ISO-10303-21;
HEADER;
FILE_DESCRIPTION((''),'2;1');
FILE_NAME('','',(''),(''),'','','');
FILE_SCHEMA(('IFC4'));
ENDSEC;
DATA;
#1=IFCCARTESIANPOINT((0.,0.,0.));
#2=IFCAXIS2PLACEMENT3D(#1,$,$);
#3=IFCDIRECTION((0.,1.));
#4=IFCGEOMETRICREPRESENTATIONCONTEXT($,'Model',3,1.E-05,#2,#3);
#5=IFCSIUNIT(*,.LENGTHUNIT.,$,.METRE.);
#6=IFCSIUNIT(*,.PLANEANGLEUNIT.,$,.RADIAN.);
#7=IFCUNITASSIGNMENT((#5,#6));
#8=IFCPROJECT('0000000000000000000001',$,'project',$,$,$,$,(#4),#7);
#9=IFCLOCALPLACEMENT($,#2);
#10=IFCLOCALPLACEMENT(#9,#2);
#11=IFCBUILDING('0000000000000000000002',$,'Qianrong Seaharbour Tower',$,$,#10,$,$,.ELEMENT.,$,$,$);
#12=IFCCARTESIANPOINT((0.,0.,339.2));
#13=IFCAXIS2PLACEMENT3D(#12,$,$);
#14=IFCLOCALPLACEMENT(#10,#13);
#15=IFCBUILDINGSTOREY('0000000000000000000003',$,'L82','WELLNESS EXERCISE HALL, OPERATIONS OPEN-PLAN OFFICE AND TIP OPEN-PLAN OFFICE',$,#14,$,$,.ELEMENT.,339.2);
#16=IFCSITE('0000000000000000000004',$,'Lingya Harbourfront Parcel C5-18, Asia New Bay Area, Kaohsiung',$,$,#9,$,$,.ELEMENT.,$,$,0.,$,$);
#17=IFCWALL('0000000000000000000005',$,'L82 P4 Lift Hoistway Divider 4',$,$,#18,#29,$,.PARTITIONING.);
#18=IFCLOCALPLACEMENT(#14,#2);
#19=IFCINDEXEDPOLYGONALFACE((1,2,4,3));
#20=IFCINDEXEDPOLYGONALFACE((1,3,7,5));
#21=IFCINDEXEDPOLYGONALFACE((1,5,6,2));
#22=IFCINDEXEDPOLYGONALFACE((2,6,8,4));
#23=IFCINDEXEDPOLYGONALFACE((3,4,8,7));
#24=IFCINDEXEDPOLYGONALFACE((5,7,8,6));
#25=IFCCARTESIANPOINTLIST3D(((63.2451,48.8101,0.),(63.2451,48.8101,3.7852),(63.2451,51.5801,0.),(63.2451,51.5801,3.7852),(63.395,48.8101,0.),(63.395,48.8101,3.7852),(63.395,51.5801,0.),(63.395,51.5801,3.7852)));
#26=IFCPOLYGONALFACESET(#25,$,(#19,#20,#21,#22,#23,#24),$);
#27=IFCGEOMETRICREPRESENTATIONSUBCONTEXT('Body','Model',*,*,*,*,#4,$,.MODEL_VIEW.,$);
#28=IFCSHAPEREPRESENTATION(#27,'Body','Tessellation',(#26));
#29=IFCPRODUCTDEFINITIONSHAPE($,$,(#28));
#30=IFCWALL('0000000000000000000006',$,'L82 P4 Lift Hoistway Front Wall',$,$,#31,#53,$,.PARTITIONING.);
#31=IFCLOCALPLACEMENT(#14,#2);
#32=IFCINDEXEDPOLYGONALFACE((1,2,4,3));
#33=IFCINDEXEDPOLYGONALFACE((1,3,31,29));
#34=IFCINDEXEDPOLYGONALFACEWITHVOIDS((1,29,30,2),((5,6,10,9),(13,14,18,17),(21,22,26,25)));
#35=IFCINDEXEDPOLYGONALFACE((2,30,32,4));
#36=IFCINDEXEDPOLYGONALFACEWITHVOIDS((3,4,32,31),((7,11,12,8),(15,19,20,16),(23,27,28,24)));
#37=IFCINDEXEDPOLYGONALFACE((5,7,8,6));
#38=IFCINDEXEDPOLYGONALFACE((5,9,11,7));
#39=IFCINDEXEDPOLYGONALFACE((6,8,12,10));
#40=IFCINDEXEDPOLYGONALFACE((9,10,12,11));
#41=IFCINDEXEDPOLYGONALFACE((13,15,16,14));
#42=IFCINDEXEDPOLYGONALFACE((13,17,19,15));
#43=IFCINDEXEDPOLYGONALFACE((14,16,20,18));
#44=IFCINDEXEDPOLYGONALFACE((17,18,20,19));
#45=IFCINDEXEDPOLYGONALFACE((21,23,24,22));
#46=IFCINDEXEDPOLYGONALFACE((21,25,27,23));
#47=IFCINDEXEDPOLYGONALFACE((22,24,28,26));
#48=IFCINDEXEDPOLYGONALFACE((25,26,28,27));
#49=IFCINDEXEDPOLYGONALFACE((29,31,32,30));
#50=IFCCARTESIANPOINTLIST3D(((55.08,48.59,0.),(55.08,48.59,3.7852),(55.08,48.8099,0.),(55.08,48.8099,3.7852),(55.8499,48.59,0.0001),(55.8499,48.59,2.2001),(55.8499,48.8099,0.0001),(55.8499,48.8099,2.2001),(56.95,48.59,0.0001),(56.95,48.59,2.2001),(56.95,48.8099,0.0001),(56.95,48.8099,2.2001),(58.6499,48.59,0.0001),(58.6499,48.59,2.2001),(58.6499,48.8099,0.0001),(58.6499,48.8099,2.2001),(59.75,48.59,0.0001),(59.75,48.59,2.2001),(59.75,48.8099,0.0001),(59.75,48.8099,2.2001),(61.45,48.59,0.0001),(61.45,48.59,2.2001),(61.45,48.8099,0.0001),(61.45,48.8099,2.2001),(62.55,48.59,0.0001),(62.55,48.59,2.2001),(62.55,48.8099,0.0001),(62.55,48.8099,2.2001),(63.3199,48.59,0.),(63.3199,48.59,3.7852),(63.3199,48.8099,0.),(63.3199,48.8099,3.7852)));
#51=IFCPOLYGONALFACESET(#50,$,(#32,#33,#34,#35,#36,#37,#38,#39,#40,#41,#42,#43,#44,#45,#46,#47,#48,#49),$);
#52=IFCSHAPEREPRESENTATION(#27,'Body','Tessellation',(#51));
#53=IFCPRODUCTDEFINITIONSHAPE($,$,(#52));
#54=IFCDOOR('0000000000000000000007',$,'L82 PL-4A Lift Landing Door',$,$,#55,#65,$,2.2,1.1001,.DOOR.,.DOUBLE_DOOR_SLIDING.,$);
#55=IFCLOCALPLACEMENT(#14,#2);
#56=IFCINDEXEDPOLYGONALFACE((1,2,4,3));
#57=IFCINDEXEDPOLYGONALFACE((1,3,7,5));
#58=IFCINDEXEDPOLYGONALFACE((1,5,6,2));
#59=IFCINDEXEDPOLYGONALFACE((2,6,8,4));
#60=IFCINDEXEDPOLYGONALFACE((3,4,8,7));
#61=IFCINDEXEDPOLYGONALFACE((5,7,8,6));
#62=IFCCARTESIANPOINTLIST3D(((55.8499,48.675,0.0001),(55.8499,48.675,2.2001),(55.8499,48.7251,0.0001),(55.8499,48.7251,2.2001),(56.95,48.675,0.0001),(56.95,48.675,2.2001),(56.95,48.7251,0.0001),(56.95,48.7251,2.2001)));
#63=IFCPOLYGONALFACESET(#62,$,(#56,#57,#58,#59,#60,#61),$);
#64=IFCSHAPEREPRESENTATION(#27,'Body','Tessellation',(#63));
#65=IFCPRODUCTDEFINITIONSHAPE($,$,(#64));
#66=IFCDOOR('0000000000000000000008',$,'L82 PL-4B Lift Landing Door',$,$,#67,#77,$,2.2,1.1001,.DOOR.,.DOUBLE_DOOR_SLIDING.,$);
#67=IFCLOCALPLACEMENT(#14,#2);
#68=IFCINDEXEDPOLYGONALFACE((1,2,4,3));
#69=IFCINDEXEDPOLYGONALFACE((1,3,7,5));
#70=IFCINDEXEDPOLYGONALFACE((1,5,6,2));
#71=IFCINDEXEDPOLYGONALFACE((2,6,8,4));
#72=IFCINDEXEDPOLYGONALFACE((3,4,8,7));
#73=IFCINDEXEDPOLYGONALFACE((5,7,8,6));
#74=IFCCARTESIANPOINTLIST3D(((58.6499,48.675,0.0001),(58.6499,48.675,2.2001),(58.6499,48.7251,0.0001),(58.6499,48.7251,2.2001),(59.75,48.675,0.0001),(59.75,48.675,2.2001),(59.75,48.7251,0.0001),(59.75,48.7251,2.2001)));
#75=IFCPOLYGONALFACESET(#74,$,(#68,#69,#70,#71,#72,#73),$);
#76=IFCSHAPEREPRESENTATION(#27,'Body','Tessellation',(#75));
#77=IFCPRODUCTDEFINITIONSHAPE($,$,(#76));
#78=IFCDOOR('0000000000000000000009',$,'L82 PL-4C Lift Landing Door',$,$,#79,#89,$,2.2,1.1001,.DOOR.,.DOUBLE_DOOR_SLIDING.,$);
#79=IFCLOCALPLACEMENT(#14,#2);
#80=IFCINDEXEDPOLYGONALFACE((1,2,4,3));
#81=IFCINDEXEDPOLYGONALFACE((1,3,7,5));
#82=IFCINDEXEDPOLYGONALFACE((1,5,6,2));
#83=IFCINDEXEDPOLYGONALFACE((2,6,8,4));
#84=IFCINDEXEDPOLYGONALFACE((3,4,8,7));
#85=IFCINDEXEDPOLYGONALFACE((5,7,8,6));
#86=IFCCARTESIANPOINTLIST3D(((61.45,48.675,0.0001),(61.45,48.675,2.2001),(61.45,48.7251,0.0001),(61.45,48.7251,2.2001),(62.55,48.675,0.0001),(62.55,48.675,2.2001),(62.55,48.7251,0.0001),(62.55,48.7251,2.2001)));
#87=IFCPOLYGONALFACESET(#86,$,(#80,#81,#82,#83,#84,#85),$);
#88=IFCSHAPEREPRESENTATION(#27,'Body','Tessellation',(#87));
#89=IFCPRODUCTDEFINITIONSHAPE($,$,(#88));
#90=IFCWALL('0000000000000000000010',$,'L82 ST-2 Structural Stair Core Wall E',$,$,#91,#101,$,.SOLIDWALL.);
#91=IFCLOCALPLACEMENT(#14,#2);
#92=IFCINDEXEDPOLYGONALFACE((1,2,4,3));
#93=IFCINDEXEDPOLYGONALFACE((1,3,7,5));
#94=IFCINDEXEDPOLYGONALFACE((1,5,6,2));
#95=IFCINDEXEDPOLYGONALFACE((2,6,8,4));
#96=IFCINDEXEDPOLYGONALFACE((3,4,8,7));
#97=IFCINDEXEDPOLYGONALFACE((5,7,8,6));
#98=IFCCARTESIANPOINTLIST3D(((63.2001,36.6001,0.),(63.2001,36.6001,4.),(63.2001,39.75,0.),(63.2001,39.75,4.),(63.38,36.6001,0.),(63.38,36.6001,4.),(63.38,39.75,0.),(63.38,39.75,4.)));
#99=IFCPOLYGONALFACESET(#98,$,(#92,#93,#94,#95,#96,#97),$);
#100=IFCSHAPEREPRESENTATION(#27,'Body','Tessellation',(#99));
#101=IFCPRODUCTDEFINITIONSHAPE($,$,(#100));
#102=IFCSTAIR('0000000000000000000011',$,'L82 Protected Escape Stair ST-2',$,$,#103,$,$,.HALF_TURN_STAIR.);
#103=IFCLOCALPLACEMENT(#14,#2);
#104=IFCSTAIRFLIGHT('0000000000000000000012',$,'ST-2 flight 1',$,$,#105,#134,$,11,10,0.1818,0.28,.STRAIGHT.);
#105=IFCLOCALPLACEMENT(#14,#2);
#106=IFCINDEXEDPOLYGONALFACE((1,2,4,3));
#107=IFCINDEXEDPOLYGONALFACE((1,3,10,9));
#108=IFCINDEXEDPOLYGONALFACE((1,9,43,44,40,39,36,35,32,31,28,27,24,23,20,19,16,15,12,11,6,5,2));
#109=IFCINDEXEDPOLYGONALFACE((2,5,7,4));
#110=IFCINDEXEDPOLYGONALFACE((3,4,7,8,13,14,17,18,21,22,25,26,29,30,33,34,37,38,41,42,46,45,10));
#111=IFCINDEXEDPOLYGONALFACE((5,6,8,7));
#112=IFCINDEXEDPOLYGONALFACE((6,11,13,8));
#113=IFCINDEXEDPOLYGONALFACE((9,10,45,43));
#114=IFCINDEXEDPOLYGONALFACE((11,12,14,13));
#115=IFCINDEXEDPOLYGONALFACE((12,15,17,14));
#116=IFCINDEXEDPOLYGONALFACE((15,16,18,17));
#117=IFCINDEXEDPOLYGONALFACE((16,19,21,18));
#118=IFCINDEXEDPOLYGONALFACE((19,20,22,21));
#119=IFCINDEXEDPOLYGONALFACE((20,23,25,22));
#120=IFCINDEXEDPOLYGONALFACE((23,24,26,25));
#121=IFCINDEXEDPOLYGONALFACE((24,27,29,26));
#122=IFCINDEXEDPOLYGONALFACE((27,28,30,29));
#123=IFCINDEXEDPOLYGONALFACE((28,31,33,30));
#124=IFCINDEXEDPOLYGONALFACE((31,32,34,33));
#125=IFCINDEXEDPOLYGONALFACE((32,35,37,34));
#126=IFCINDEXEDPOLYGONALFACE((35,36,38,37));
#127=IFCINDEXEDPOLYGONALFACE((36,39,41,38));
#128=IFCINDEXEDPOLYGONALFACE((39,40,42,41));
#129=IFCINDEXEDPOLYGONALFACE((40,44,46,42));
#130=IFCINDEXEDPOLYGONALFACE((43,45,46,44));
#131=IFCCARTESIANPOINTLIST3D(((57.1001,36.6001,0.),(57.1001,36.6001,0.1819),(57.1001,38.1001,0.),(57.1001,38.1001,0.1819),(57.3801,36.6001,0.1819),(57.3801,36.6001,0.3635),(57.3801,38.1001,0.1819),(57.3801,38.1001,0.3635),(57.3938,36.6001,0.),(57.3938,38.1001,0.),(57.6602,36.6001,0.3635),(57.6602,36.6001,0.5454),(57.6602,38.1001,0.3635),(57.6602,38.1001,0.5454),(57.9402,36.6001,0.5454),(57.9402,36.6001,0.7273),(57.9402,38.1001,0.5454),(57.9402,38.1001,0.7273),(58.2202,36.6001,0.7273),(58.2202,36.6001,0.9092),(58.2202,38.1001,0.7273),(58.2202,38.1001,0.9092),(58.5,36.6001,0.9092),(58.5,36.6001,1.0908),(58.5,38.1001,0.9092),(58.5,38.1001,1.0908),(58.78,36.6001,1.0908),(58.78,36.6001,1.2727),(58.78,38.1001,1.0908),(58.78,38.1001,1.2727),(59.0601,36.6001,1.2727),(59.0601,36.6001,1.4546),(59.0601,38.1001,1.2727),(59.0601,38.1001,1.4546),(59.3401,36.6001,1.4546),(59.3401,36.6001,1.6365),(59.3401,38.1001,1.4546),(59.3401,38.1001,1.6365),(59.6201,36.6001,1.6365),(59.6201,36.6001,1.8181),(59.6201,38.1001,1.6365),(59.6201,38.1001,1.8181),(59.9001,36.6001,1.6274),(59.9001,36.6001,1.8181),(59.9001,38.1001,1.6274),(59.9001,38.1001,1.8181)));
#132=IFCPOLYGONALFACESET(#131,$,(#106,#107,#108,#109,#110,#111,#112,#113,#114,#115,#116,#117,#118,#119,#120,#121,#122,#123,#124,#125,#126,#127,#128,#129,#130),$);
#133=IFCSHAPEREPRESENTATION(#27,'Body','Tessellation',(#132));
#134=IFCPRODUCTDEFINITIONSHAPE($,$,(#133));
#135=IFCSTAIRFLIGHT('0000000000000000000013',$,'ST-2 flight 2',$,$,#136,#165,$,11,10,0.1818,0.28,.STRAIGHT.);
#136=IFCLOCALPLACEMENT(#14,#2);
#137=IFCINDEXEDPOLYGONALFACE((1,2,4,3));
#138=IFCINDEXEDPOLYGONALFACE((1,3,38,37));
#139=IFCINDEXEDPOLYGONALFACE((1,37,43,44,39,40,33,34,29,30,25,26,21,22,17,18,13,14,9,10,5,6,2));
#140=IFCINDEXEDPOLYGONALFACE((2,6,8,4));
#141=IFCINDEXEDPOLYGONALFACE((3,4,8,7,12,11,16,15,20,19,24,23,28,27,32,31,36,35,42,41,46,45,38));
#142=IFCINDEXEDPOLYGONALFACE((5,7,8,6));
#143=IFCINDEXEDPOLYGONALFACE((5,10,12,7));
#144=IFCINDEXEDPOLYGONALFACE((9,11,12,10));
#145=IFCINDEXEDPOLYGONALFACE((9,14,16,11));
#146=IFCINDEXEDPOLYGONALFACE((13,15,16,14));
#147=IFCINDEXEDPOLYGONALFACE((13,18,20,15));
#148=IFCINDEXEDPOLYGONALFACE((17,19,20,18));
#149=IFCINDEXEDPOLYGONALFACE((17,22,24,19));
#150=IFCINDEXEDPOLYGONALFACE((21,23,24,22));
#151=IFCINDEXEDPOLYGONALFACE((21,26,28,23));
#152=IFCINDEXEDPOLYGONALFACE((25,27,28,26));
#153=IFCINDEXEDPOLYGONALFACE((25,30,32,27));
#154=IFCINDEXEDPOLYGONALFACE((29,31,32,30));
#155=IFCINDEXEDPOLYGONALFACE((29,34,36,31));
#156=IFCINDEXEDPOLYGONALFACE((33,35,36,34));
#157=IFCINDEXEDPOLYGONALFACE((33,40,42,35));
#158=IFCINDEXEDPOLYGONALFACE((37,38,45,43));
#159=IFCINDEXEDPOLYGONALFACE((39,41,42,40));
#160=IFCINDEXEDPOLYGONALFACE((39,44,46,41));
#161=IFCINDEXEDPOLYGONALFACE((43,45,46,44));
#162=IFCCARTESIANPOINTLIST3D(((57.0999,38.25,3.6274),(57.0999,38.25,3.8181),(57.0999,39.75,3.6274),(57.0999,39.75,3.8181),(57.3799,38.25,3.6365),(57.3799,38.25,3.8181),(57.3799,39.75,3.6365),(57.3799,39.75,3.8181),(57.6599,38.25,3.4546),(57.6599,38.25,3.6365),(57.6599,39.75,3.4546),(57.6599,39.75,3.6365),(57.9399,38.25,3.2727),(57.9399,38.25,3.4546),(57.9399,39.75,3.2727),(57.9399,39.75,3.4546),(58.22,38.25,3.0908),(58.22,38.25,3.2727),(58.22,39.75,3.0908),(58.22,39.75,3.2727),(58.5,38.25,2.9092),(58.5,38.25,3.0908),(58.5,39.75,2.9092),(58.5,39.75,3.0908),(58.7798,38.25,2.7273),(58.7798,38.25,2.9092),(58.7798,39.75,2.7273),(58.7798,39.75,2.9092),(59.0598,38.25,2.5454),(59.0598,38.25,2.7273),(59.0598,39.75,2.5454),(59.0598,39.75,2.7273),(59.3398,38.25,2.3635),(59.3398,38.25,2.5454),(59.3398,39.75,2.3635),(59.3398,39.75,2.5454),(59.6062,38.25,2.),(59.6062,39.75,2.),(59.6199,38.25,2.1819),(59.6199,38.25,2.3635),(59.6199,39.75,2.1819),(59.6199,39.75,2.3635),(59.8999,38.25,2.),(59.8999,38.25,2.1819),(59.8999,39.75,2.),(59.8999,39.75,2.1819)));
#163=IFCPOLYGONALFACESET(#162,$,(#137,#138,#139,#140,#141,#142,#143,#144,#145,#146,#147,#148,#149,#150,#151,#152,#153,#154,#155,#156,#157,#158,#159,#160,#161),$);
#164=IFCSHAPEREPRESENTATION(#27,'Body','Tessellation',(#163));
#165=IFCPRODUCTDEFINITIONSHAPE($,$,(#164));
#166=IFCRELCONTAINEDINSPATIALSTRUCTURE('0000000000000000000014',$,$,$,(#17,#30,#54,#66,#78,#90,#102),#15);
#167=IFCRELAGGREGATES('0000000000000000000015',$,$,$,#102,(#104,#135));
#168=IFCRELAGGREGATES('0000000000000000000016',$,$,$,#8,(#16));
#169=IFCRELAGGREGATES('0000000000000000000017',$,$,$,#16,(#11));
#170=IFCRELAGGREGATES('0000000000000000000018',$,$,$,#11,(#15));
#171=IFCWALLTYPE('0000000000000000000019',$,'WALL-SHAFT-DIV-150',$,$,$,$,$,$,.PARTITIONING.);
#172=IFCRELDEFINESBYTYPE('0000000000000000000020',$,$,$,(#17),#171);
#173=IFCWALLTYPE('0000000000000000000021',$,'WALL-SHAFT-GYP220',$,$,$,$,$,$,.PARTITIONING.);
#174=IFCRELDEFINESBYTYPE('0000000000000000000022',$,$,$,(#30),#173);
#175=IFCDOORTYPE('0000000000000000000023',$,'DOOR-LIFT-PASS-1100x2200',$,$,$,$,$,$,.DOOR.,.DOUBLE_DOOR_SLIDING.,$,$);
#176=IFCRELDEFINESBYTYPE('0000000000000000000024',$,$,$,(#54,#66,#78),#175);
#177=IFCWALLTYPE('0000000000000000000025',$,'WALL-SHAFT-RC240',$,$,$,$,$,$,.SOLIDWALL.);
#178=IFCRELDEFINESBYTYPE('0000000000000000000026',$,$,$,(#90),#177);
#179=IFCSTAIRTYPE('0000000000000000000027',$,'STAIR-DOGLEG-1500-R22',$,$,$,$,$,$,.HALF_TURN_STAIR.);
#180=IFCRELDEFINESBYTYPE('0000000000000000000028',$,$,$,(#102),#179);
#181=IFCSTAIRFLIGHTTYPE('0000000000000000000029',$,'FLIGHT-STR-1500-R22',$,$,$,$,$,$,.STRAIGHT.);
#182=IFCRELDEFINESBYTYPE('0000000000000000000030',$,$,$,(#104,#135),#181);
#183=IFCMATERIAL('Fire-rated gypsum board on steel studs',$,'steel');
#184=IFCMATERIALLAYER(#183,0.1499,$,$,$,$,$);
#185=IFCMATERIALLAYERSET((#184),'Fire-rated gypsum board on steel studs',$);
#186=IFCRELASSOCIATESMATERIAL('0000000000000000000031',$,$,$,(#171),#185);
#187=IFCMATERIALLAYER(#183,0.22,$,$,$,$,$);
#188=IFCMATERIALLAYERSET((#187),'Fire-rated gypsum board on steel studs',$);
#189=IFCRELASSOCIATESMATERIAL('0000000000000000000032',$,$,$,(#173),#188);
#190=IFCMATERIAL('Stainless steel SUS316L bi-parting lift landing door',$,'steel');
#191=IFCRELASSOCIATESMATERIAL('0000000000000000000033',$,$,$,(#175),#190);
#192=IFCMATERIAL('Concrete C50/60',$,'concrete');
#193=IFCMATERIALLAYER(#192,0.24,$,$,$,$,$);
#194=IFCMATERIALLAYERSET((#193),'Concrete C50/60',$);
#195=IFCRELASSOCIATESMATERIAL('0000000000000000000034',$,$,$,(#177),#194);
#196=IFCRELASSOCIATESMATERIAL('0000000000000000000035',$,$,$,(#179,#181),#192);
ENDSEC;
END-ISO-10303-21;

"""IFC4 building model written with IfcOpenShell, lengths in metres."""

from ifc_helpers import new_model, si_unit, direction, frame, frame_2d, origin, place, context, subcontext, project, spatial, polyline, rectangle, outline, extrude, material, layer, layer_set, type_object, element, fill, aggregate, save


model = new_model("IFC4")

# Units and contexts
model_context = context("Model", 3, precision=1e-05, world=origin(), true_north=direction((0.0, 1.0)))
body_context = subcontext(model_context, "Body", "Model", "MODEL_VIEW")
ifc_project = project(units=[si_unit("LENGTHUNIT", "METRE"), si_unit("PLANEANGLEUNIT", "RADIAN")], contexts=[model_context])

# Site, building, storey
site_placement = place(None, origin())
site = spatial("IfcSite", under=ifc_project, at=site_placement, Name="Lingya Harbourfront Parcel C5-18, Asia New Bay Area, Kaohsiung", CompositionType="ELEMENT", RefElevation=0.0)
building_placement = place(site_placement, origin())
building = spatial("IfcBuilding", under=site, at=building_placement, Name="Qianrong Seaharbour Tower", CompositionType="ELEMENT")
storey_placement = place(building_placement, frame((0.0, 0.0, 339.2)))
storey = spatial("IfcBuildingStorey", under=building, at=storey_placement, Name="L82", Description="WELLNESS EXERCISE HALL, OPERATIONS OPEN-PLAN OFFICE AND TIP OPEN-PLAN OFFICE", CompositionType="ELEMENT", Elevation=339.2)

# Wall
ifc_material_1 = material(Name="Fire-rated gypsum board on steel studs", Category="steel")
ifc_layer_1 = layer(ifc_material_1, 0.1499)
ifc_layer_set_1 = layer_set([ifc_layer_1], Name="Fire-rated gypsum board on steel studs")
wall_type_1 = type_object("IfcWallType", Name="WALL-SHAFT-DIV-150", PredefinedType="PARTITIONING", material=ifc_layer_set_1)
for number, where, z_axis, x_axis, name in (
    (1, (63.3201, 48.8101, 0.0), (0.0, 0.0, 1.0), (0.0, 1.0, 0.0), "L82 P4 Lift Hoistway Divider 4"),
):
    element("IfcWall", number, at=place(storey_placement, frame(where, z_axis=z_axis, x_axis=x_axis)), inside=storey, type_object=wall_type_1, Name=name, PredefinedType="PARTITIONING", context=body_context, shape_type="SweptSolid", body=[
        extrude(rectangle(XDim=2.77, YDim=0.1499, at=frame_2d((1.385, 0.0))), origin(), (0.0, 0.0, 1.0), 3.7852),
    ])

# Wall, openings, doors
ifc_layer_2 = layer(ifc_material_1, 0.22)
ifc_layer_set_2 = layer_set([ifc_layer_2], Name="Fire-rated gypsum board on steel studs")
wall_type_2 = type_object("IfcWallType", Name="WALL-SHAFT-GYP220", PredefinedType="PARTITIONING", material=ifc_layer_set_2)
wall_1_placement = place(storey_placement, frame((63.3201, 48.7, 0.0), z_axis=(0.0, 0.0, 1.0), x_axis=(-1.0, 0.0, 0.0)))
wall_1 = element("IfcWall", 2, at=wall_1_placement, inside=storey, type_object=wall_type_2, Name="L82 P4 Lift Hoistway Front Wall", PredefinedType="PARTITIONING", context=body_context, shape_type="SweptSolid", body=[
    extrude(rectangle(XDim=8.24, YDim=0.22, at=frame_2d((4.1201, 0.0))), origin(), (0.0, 0.0, 1.0), 3.7852),
])
opening_1_placement = place(wall_1_placement, frame((6.3701, 0.0, 0.0)))
opening_1 = element("IfcOpeningElement", 3, at=opening_1_placement, cuts=wall_1, PredefinedType="OPENING", context=body_context, shape_type="SweptSolid", body=[
    extrude(rectangle(XDim=1.1001, YDim=2.2, at=frame_2d((0.55, 1.1001))), frame((0.0, 0.1201, 0.0), z_axis=(0.0, -1.0, 0.0), x_axis=(1.0, 0.0, 0.0)), (0.0, 0.0, 1.0), 0.24),
])
opening_2_placement = place(wall_1_placement, frame((3.5701, 0.0, 0.0)))
opening_2 = element("IfcOpeningElement", 4, at=opening_2_placement, cuts=wall_1, PredefinedType="OPENING", context=body_context, shape_type="SweptSolid", body=[
    extrude(rectangle(XDim=1.1001, YDim=2.2, at=frame_2d((0.55, 1.1001))), frame((0.0, 0.1201, 0.0), z_axis=(0.0, -1.0, 0.0), x_axis=(1.0, 0.0, 0.0)), (0.0, 0.0, 1.0), 0.24),
])
opening_3_placement = place(wall_1_placement, frame((0.77, 0.0, 0.0)))
opening_3 = element("IfcOpeningElement", 5, at=opening_3_placement, cuts=wall_1, PredefinedType="OPENING", context=body_context, shape_type="SweptSolid", body=[
    extrude(rectangle(XDim=1.1001, YDim=2.2, at=frame_2d((0.55, 1.1001))), frame((0.0, 0.1201, 0.0), z_axis=(0.0, -1.0, 0.0), x_axis=(1.0, 0.0, 0.0)), (0.0, 0.0, 1.0), 0.24),
])
ifc_material_2 = material(Name="Stainless steel SUS316L bi-parting lift landing door", Category="steel")
door_type_1 = type_object("IfcDoorType", Name="DOOR-LIFT-PASS-1100x2200", OperationType="DOUBLE_DOOR_SLIDING", PredefinedType="DOOR", material=ifc_material_2)
door_1_placement = place(opening_1_placement, origin())
door_1 = element("IfcDoor", 6, at=door_1_placement, inside=storey, type_object=door_type_1, Name="L82 PL-4A Lift Landing Door", OperationType="DOUBLE_DOOR_SLIDING", OverallHeight=2.2, OverallWidth=1.1001, PredefinedType="DOOR", context=body_context, shape_type="SweptSolid", body=[
    extrude(rectangle(XDim=1.1001, YDim=2.2, at=frame_2d((0.55, 1.1001))), frame((0.0, 0.0249, 0.0), z_axis=(0.0, -1.0, 0.0), x_axis=(1.0, 0.0, 0.0)), (0.0, 0.0, 1.0), 0.05),
])
fill(opening_1, door_1)
door_2_placement = place(opening_2_placement, origin())
door_2 = element("IfcDoor", 7, at=door_2_placement, inside=storey, type_object=door_type_1, Name="L82 PL-4B Lift Landing Door", OperationType="DOUBLE_DOOR_SLIDING", OverallHeight=2.2, OverallWidth=1.1001, PredefinedType="DOOR", context=body_context, shape_type="SweptSolid", body=[
    extrude(rectangle(XDim=1.1001, YDim=2.2, at=frame_2d((0.55, 1.1001))), frame((0.0, 0.0249, 0.0), z_axis=(0.0, -1.0, 0.0), x_axis=(1.0, 0.0, 0.0)), (0.0, 0.0, 1.0), 0.05),
])
fill(opening_2, door_2)
door_3_placement = place(opening_3_placement, origin())
door_3 = element("IfcDoor", 8, at=door_3_placement, inside=storey, type_object=door_type_1, Name="L82 PL-4C Lift Landing Door", OperationType="DOUBLE_DOOR_SLIDING", OverallHeight=2.2, OverallWidth=1.1001, PredefinedType="DOOR", context=body_context, shape_type="SweptSolid", body=[
    extrude(rectangle(XDim=1.1001, YDim=2.2, at=frame_2d((0.55, 1.1001))), frame((0.0, 0.0249, 0.0), z_axis=(0.0, -1.0, 0.0), x_axis=(1.0, 0.0, 0.0)), (0.0, 0.0, 1.0), 0.05),
])
fill(opening_3, door_3)

# Wall
ifc_material_3 = material(Name="Concrete C50/60", Category="concrete")
ifc_layer_3 = layer(ifc_material_3, 0.24)
ifc_layer_set_3 = layer_set([ifc_layer_3], Name="Concrete C50/60")
wall_type_3 = type_object("IfcWallType", Name="WALL-SHAFT-RC240", PredefinedType="SOLIDWALL", material=ifc_layer_set_3)
wall_2_placement = place(storey_placement, frame((63.29, 36.6001, 0.0), z_axis=(0.0, 0.0, 1.0), x_axis=(0.0, 1.0, 0.0)))
element("IfcWall", 9, at=wall_2_placement, inside=storey, type_object=wall_type_3, Name="L82 ST-2 Structural Stair Core Wall E", PredefinedType="SOLIDWALL", context=body_context, shape_type="SweptSolid", body=[
    extrude(rectangle(XDim=3.1499, YDim=0.1799, at=frame_2d((1.575, 0.0))), origin(), (0.0, 0.0, 1.0), 4.0),
])

# Stair, stair flights
stair_type = type_object("IfcStairType", Name="STAIR-DOGLEG-1500-R22", PredefinedType="HALF_TURN_STAIR", material=ifc_material_3)
stair_placement = place(storey_placement, origin())
stair = element("IfcStair", 10, at=stair_placement, inside=storey, type_object=stair_type, Name="L82 Protected Escape Stair ST-2", PredefinedType="HALF_TURN_STAIR")
stair_flight_type = type_object("IfcStairFlightType", Name="FLIGHT-STR-1500-R22", PredefinedType="STRAIGHT", material=ifc_material_3)
stair_flight_1_placement = place(storey_placement, frame((57.1001, 37.3501, 0.0), z_axis=(0.0, 0.0, 1.0), x_axis=(1.0, 0.0, 0.0)))
stair_flight_1 = element("IfcStairFlight", 11, at=stair_flight_1_placement, type_object=stair_flight_type, Name="ST-2 flight 1", NumberOfRisers=11, NumberOfTreads=10, PredefinedType="STRAIGHT", RiserHeight=0.1818, TreadLength=0.28, context=body_context, shape_type="SweptSolid", body=[
    extrude(outline(polyline([(0.0, 0.0), (0.0, 0.1819), (0.28, 0.1819), (0.28, 0.3635), (0.5601, 0.3635), (0.5601, 0.5454), (0.8401, 0.5454), (0.8401, 0.7273), (1.1201, 0.7273), (1.1201, 0.9092), (1.3999, 0.9092), (1.3999, 1.0908), (1.6799, 1.0908), (1.6799, 1.2727), (1.96, 1.2727), (1.96, 1.4546), (2.24, 1.4546), (2.24, 1.6365), (2.52, 1.6365), (2.52, 1.8181), (2.8, 1.8181), (2.8, 2.0), (2.8, 1.6274), (0.2937, 0.0), (0.0, 0.0)])), frame((0.0, 0.75, 0.0), z_axis=(0.0, -1.0, 0.0), x_axis=(1.0, 0.0, 0.0)), (0.0, 0.0, 1.0), 1.5),
])
stair_flight_2_placement = place(storey_placement, frame((59.8999, 39.0, 2.0), z_axis=(0.0, 0.0, 1.0), x_axis=(-1.0, 0.0, 0.0)))
stair_flight_2 = element("IfcStairFlight", 12, at=stair_flight_2_placement, type_object=stair_flight_type, Name="ST-2 flight 2", NumberOfRisers=11, NumberOfTreads=10, PredefinedType="STRAIGHT", RiserHeight=0.1818, TreadLength=0.28, context=body_context, shape_type="SweptSolid", body=[
    extrude(outline(polyline([(0.0, 0.0), (0.0, 0.1819), (0.28, 0.1819), (0.28, 0.3635), (0.5601, 0.3635), (0.5601, 0.5454), (0.8401, 0.5454), (0.8401, 0.7273), (1.1201, 0.7273), (1.1201, 0.9092), (1.3999, 0.9092), (1.3999, 1.0908), (1.6799, 1.0908), (1.6799, 1.2727), (1.96, 1.2727), (1.96, 1.4546), (2.24, 1.4546), (2.24, 1.6365), (2.52, 1.6365), (2.52, 1.8181), (2.8, 1.8181), (2.8, 2.0), (2.8, 1.6274), (0.2937, 0.0), (0.0, 0.0)])), frame((0.0, 0.75, 0.0), z_axis=(0.0, -1.0, 0.0), x_axis=(1.0, 0.0, 0.0)), (0.0, 0.0, 1.0), 1.5),
])
aggregate(stair, [stair_flight_1, stair_flight_2])

save(model, "model.ifc")
